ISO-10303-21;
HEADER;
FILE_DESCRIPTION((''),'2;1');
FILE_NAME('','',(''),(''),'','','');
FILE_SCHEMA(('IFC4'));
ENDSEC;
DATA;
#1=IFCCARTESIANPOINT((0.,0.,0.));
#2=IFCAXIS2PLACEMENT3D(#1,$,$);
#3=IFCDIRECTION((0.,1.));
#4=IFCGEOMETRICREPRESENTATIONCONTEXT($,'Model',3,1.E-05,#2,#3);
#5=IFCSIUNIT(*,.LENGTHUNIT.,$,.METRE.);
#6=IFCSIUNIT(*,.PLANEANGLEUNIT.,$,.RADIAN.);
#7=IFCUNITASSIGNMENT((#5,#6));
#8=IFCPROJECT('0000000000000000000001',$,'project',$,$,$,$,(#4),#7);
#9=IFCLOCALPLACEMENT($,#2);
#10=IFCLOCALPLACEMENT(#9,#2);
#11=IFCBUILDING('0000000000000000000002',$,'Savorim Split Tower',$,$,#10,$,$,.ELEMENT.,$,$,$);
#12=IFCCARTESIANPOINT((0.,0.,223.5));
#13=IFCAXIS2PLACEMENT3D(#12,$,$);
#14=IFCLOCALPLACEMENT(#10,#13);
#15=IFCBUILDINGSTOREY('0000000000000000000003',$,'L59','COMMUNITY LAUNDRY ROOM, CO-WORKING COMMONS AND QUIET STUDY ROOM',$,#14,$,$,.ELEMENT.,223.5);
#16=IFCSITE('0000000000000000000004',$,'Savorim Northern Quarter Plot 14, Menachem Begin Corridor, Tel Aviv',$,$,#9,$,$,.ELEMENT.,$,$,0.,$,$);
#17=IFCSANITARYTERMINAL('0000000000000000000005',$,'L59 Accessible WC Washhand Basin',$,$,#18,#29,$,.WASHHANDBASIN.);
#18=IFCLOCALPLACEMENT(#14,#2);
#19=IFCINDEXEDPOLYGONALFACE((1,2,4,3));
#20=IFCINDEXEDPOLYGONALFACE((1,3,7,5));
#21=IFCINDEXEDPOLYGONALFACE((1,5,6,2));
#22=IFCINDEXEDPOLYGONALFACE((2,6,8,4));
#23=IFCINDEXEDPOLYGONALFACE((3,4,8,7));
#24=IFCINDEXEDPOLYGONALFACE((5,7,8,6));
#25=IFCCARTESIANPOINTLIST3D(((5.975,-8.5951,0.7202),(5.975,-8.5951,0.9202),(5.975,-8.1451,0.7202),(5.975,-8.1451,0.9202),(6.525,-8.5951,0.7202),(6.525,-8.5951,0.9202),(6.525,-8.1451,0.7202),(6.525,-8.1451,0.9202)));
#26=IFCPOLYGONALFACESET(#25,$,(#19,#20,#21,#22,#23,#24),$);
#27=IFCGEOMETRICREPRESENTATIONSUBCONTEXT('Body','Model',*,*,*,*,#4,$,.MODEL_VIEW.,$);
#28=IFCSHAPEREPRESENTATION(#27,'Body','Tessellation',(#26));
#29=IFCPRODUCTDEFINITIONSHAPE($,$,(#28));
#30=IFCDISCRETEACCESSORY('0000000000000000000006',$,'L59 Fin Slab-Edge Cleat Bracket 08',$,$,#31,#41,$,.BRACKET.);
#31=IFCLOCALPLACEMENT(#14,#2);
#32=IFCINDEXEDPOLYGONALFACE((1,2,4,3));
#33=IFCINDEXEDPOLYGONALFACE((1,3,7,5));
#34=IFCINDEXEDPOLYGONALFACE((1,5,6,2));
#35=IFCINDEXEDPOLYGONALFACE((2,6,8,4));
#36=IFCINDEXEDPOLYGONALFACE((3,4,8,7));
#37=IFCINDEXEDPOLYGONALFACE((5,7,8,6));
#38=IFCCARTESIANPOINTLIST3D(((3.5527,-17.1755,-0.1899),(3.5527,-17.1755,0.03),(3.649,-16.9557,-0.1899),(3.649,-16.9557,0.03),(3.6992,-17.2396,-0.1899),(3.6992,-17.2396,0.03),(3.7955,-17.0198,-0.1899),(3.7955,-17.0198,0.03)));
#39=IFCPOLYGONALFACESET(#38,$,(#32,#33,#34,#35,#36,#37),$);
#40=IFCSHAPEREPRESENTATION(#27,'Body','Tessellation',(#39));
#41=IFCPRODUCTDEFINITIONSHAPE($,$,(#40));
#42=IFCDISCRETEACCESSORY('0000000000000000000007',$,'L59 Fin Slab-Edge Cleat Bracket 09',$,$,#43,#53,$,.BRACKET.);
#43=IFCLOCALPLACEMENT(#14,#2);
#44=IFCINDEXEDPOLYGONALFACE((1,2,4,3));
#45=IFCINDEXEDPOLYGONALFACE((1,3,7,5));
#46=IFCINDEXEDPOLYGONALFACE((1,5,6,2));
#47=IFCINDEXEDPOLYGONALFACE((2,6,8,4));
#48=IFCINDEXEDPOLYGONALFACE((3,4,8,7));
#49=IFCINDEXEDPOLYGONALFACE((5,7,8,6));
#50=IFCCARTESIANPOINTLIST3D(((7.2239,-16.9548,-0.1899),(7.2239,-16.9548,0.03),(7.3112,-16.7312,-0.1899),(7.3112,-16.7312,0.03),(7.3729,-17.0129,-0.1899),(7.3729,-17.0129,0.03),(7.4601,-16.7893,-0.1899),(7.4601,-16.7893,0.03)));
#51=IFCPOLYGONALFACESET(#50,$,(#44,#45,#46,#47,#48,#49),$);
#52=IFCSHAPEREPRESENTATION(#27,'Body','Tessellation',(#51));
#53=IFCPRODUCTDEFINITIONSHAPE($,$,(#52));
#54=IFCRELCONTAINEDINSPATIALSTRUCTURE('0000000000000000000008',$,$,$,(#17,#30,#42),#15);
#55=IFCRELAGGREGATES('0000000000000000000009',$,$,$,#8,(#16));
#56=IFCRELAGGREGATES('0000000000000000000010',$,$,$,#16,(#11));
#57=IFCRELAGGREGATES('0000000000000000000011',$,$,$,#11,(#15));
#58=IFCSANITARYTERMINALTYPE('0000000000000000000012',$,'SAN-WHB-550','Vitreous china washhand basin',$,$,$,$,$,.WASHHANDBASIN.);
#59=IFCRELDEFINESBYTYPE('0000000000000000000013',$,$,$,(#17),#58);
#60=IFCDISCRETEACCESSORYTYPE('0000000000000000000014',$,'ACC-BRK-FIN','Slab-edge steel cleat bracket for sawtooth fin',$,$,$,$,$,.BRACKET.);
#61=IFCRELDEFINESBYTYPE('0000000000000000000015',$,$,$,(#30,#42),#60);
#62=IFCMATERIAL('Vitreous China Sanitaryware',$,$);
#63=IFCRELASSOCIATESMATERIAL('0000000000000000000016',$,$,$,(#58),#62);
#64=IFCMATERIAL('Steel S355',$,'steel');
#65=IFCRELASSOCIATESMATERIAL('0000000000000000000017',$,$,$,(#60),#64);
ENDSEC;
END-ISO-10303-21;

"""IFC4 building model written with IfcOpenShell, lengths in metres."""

from ifc_helpers import new_model, si_unit, direction, frame, origin, origin_2d, place, context, subcontext, project, spatial, rectangle, extrude, material, type_object, element, save


model = new_model("IFC4")

# Units and contexts
model_context = context("Model", 3, precision=1e-05, world=origin(), true_north=direction((0.0, 1.0)))
body_context = subcontext(model_context, "Body", "Model", "MODEL_VIEW")
ifc_project = project(units=[si_unit("LENGTHUNIT", "METRE"), si_unit("PLANEANGLEUNIT", "RADIAN")], contexts=[model_context])

# Site, building, storey
site_placement = place(None, origin())
site = spatial("IfcSite", under=ifc_project, at=site_placement, Name="Savorim Northern Quarter Plot 14, Menachem Begin Corridor, Tel Aviv", CompositionType="ELEMENT", RefElevation=0.0)
building_placement = place(site_placement, origin())
building = spatial("IfcBuilding", under=site, at=building_placement, Name="Savorim Split Tower", CompositionType="ELEMENT")
storey_placement = place(building_placement, frame((0.0, 0.0, 223.5)))
storey = spatial("IfcBuildingStorey", under=building, at=storey_placement, Name="L59", Description="COMMUNITY LAUNDRY ROOM, CO-WORKING COMMONS AND QUIET STUDY ROOM", CompositionType="ELEMENT", Elevation=223.5)

# Shared definitions
ifc_material_1 = material(Name="Steel S355", Category="steel")

# Sanitary terminal
ifc_material_2 = material(Name="Vitreous China Sanitaryware")
sanitary_terminal_type_1 = type_object("IfcSanitaryTerminalType", Name="SAN-WHB-550", Description="Vitreous china washhand basin", PredefinedType="WASHHANDBASIN", material=ifc_material_2)
for number, where, z_axis, x_axis, name in (
    (1, (6.25, -8.3701, 0.7202), (0.0, 0.0, 1.0), (1.0, 0.0, 0.0), "L59 Accessible WC Washhand Basin"),
):
    element("IfcSanitaryTerminal", number, at=place(storey_placement, frame(where, z_axis=z_axis, x_axis=x_axis)), inside=storey, type_object=sanitary_terminal_type_1, Name=name, PredefinedType="WASHHANDBASIN", context=body_context, shape_type="SweptSolid", body=[
        extrude(rectangle(XDim=0.55, YDim=0.45, at=origin_2d()), origin(), (0.0, 0.0, 1.0), 0.2),
    ])

# Discrete accessories
discrete_accessory_type = type_object("IfcDiscreteAccessoryType", Name="ACC-BRK-FIN", Description="Slab-edge steel cleat bracket for sawtooth fin", PredefinedType="BRACKET", material=ifc_material_1)
for number, where, z_axis, x_axis, name in (
    (2, (3.6741, -17.0977, -0.1899), (0.0, 0.0, 1.0), (-0.40123, -0.915977, 0.0), "L59 Fin Slab-Edge Cleat Bracket 08"),
    (3, (7.342, -16.8721, -0.1899), (0.0, 0.0, 1.0), (-0.363415, -0.931627, 0.0), "L59 Fin Slab-Edge Cleat Bracket 09"),
):
    element("IfcDiscreteAccessory", number, at=place(storey_placement, frame(where, z_axis=z_axis, x_axis=x_axis)), inside=storey, type_object=discrete_accessory_type, Name=name, PredefinedType="BRACKET", context=body_context, shape_type="SweptSolid", body=[
        extrude(rectangle(XDim=0.24, YDim=0.1599, at=origin_2d()), origin(), (0.0, 0.0, 1.0), 0.22),
    ])

save(model, "model.ifc")
